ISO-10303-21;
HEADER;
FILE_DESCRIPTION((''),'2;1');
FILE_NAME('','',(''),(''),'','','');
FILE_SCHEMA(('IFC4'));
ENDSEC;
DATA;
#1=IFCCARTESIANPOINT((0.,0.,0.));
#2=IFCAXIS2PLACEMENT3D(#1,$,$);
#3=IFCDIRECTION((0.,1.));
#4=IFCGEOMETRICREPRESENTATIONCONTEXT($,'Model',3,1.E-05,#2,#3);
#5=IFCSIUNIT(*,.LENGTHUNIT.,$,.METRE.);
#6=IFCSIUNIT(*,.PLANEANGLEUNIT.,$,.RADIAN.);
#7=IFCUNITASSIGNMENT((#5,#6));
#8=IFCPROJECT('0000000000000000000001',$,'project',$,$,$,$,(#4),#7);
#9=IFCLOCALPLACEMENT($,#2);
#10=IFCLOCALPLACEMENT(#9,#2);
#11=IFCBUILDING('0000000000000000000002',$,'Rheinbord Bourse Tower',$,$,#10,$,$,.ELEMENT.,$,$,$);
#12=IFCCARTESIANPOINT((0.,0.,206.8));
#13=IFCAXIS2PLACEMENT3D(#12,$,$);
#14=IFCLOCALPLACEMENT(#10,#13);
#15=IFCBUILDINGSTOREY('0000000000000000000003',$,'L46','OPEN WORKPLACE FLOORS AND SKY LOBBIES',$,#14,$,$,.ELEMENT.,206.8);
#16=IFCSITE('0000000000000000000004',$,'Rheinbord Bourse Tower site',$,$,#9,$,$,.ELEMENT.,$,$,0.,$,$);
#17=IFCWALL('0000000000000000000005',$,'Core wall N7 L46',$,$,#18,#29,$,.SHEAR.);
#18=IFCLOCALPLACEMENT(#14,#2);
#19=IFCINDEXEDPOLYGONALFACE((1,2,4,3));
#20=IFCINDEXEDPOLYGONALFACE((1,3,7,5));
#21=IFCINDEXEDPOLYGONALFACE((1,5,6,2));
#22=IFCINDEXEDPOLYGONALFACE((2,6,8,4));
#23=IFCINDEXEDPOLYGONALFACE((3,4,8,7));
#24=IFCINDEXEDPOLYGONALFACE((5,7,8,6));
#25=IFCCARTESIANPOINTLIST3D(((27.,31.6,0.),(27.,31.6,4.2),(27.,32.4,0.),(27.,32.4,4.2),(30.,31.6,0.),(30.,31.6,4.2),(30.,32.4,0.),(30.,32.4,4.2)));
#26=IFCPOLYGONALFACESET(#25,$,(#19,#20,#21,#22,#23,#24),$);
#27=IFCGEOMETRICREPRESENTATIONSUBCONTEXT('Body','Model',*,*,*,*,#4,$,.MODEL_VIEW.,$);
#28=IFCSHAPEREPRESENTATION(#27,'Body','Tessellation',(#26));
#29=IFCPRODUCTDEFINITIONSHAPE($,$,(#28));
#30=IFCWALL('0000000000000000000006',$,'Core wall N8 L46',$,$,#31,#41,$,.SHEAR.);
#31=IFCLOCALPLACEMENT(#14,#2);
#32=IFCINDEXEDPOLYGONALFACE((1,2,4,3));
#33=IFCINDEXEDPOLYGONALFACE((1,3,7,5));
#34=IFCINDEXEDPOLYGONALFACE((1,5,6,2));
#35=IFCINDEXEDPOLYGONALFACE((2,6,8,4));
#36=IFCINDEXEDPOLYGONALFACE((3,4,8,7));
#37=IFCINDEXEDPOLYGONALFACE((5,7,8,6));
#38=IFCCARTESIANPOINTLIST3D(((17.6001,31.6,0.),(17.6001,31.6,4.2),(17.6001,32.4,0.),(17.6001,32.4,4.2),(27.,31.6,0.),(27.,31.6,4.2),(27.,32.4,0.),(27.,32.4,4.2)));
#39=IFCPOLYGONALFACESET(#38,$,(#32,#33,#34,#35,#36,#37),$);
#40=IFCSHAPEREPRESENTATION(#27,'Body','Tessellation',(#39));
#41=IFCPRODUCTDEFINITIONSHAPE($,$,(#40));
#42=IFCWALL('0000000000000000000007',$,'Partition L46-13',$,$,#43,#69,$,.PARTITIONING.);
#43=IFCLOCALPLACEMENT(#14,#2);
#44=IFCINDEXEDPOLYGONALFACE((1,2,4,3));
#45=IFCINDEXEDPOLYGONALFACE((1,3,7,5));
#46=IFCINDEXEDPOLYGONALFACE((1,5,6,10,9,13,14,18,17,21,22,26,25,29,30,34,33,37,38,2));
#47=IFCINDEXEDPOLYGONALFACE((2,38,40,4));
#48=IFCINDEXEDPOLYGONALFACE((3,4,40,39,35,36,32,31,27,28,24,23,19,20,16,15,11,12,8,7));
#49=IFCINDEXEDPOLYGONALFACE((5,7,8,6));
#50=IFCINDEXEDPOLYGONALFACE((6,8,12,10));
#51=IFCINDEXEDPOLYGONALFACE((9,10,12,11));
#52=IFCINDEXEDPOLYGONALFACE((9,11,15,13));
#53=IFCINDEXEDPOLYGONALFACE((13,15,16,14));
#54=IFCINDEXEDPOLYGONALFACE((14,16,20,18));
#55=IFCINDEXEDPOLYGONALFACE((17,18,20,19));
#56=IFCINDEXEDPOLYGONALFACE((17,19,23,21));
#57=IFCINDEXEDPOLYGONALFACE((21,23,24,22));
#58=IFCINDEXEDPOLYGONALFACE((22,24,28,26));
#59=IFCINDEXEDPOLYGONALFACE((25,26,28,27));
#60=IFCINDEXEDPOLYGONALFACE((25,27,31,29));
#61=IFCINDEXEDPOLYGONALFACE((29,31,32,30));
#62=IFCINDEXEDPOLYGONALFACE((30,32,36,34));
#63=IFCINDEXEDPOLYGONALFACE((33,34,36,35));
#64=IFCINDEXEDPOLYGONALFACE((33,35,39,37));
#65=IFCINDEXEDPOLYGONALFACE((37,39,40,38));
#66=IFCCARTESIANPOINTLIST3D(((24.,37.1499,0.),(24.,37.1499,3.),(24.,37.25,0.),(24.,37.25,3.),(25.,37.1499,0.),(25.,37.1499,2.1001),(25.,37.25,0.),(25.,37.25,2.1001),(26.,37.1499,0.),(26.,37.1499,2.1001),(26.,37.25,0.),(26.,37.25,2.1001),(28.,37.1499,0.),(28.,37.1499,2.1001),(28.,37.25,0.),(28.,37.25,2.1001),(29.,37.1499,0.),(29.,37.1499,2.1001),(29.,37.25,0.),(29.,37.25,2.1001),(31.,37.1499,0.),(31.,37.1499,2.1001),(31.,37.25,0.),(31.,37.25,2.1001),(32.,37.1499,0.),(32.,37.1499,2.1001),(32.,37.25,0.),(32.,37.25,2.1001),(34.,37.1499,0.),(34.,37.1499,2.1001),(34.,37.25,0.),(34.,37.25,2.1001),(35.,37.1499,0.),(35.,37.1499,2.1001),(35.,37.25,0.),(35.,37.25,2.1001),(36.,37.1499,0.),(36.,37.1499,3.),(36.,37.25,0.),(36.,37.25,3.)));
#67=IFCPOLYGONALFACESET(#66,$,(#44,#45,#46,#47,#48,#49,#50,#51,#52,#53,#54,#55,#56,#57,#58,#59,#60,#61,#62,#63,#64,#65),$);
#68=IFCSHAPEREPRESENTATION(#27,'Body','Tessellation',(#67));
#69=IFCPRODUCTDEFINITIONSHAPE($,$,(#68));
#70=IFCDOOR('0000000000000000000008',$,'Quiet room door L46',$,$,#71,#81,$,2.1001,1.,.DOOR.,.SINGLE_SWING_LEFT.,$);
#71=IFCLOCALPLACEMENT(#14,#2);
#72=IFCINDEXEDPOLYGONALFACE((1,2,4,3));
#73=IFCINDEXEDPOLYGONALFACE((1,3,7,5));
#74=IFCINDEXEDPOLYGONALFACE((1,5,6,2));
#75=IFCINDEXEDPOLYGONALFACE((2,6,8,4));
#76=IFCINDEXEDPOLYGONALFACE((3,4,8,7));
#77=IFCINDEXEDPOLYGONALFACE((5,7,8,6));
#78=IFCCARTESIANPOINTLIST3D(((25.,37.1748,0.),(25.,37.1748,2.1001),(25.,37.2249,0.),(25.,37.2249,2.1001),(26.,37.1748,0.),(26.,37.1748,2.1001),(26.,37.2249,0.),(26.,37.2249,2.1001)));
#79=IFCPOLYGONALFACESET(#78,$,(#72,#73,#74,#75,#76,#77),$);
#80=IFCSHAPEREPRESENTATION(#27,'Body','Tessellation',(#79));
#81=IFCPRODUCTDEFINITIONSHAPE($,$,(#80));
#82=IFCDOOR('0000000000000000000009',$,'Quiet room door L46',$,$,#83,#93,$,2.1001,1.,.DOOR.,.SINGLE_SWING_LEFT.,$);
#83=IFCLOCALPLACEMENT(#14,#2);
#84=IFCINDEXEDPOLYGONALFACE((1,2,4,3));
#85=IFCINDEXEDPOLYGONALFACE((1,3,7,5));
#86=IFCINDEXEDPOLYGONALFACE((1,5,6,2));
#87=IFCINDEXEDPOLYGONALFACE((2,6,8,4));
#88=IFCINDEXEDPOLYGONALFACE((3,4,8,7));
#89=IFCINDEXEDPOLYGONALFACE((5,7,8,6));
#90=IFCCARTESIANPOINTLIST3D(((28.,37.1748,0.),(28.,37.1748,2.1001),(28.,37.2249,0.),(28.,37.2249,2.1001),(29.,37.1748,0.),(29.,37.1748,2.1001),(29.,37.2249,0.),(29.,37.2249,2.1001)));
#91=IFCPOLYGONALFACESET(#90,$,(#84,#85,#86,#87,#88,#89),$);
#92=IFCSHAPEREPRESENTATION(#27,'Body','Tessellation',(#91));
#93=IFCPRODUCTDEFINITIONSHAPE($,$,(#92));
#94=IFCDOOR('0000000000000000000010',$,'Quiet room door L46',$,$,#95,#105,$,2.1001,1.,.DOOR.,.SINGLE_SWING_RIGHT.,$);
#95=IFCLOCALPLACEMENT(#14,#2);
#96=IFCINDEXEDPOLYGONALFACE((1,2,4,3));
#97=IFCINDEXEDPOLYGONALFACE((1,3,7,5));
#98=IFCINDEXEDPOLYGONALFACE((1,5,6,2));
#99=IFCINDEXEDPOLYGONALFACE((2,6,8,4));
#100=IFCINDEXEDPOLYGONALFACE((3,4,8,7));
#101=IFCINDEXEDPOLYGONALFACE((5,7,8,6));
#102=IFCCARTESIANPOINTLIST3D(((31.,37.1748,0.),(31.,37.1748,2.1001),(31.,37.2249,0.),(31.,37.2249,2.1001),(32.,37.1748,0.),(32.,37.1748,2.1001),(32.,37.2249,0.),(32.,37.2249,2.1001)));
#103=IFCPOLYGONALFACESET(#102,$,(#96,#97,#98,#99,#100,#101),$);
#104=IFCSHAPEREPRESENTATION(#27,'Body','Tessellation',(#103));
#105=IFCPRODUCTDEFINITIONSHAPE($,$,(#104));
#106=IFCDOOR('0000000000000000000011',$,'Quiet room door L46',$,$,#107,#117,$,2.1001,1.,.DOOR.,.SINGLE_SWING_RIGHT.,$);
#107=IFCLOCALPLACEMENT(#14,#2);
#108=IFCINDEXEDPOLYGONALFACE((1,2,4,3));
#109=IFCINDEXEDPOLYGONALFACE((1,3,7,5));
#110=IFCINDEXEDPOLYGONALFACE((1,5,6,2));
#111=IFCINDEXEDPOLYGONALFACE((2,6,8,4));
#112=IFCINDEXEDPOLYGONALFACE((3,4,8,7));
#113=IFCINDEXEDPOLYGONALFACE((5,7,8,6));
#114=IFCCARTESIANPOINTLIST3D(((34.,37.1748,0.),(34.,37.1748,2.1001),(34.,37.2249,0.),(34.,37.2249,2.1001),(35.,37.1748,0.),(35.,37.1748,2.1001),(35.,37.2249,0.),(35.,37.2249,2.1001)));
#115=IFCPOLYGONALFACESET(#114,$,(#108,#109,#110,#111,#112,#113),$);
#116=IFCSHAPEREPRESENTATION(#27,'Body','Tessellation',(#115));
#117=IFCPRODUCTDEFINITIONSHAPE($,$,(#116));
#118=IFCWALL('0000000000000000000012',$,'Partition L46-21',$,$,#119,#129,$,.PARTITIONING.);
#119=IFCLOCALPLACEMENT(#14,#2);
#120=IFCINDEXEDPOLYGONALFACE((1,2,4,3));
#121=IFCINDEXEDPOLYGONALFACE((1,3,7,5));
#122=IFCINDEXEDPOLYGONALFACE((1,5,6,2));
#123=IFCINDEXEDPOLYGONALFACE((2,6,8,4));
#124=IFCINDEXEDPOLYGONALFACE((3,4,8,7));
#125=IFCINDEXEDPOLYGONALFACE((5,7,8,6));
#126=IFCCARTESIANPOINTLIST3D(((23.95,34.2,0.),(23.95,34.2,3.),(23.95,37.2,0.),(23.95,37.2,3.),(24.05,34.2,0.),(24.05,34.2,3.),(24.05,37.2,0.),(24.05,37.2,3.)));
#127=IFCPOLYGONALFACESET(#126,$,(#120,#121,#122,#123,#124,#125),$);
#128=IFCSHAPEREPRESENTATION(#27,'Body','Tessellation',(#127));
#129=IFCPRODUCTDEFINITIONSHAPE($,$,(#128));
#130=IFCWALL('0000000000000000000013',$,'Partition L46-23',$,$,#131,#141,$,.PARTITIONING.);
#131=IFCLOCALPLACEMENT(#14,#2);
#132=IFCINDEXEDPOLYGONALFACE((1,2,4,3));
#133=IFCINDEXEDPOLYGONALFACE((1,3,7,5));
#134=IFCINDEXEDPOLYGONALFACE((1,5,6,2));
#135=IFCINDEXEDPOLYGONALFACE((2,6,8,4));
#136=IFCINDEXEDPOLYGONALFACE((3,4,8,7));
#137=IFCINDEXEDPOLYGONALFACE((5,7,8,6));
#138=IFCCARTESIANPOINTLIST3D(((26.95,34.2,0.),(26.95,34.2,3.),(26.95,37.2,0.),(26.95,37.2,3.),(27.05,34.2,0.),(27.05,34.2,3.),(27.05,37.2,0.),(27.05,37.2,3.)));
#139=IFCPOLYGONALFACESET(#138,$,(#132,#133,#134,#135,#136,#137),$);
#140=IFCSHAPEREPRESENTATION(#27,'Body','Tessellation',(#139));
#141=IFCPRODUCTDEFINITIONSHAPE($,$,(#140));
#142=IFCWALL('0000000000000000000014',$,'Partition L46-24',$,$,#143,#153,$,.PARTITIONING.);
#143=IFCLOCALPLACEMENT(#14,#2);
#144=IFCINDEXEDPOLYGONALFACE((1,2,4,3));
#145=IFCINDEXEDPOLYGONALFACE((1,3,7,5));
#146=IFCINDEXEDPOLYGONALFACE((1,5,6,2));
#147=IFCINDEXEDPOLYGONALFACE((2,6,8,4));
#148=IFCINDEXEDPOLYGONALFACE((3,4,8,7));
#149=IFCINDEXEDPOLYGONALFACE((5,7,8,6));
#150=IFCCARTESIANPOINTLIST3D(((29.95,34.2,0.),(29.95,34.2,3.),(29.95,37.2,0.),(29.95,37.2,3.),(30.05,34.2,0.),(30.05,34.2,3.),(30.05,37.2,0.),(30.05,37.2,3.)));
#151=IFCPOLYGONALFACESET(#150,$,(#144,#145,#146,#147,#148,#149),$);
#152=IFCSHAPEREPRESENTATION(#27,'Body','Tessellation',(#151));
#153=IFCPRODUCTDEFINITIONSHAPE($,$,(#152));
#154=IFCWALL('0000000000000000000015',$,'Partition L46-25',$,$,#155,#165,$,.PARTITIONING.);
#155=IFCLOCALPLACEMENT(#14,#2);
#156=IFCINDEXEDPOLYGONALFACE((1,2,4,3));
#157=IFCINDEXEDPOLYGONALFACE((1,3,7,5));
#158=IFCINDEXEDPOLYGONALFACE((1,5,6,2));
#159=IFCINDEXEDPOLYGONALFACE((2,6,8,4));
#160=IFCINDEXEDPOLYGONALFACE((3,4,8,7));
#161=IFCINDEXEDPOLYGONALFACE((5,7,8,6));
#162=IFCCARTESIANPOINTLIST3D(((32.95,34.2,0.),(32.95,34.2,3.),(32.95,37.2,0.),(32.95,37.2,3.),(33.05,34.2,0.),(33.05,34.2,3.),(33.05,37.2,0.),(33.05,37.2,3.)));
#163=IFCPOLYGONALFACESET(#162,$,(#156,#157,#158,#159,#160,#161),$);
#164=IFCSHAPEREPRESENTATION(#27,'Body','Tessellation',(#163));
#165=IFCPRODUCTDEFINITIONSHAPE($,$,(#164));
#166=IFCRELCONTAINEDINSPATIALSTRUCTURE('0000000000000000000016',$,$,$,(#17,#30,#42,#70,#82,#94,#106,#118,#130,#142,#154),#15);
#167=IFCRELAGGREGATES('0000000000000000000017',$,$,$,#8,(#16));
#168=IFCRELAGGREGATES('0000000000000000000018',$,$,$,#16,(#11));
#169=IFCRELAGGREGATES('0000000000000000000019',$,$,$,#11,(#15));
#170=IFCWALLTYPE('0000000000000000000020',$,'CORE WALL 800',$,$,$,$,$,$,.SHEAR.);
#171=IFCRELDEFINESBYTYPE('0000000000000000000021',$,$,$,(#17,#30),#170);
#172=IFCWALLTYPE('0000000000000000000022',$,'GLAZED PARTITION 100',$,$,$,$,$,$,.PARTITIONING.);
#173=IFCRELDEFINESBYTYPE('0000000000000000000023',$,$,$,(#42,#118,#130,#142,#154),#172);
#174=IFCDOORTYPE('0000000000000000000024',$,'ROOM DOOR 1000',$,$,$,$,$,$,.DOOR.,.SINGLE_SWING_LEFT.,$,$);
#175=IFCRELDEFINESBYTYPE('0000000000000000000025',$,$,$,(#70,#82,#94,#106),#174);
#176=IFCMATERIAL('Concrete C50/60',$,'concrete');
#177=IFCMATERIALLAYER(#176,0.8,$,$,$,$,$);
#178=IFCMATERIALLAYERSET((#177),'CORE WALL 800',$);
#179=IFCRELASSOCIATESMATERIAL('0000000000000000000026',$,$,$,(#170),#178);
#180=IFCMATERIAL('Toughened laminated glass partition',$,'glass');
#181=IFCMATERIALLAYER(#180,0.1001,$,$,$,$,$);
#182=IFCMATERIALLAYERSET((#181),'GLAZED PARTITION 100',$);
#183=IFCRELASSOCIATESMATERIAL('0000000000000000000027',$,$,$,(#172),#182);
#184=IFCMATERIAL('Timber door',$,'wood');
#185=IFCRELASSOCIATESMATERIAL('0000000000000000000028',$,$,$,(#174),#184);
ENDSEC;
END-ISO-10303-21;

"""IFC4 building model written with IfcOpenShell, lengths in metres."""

from ifc_helpers import new_model, si_unit, direction, frame, frame_2d, origin, place, context, subcontext, project, spatial, rectangle, extrude, material, layer, layer_set, type_object, element, fill, save


model = new_model("IFC4")

# Units and contexts
model_context = context("Model", 3, precision=1e-05, world=origin(), true_north=direction((0.0, 1.0)))
body_context = subcontext(model_context, "Body", "Model", "MODEL_VIEW")
ifc_project = project(units=[si_unit("LENGTHUNIT", "METRE"), si_unit("PLANEANGLEUNIT", "RADIAN")], contexts=[model_context])

# Site, building, storey
site_placement = place(None, origin())
site = spatial("IfcSite", under=ifc_project, at=site_placement, Name="Rheinbord Bourse Tower site", CompositionType="ELEMENT", RefElevation=0.0)
building_placement = place(site_placement, origin())
building = spatial("IfcBuilding", under=site, at=building_placement, Name="Rheinbord Bourse Tower", CompositionType="ELEMENT")
storey_placement = place(building_placement, frame((0.0, 0.0, 206.8)))
storey = spatial("IfcBuildingStorey", under=building, at=storey_placement, Name="L46", Description="OPEN WORKPLACE FLOORS AND SKY LOBBIES", CompositionType="ELEMENT", Elevation=206.8)

# Walls
ifc_material_1 = material(Name="Concrete C50/60", Category="concrete")
ifc_layer_1 = layer(ifc_material_1, 0.8)
ifc_layer_set_1 = layer_set([ifc_layer_1], Name="CORE WALL 800")
wall_type_1 = type_object("IfcWallType", Name="CORE WALL 800", PredefinedType="SHEAR", material=ifc_layer_set_1)
for number, where, z_axis, x_axis, name in (
    (1, (30.0, 32.0, 0.0), (0.0, 0.0, 1.0), (-1.0, 0.0, 0.0), "Core wall N7 L46"),
):
    element("IfcWall", number, at=place(storey_placement, frame(where, z_axis=z_axis, x_axis=x_axis)), inside=storey, type_object=wall_type_1, Name=name, PredefinedType="SHEAR", context=body_context, shape_type="SweptSolid", body=[
        extrude(rectangle(XDim=3.0, YDim=0.8, at=frame_2d((1.5, 0.0))), origin(), (0.0, 0.0, 1.0), 4.2),
    ])
wall_1_placement = place(storey_placement, frame((27.0, 32.0, 0.0), z_axis=(0.0, 0.0, 1.0), x_axis=(-1.0, 0.0, 0.0)))
element("IfcWall", 2, at=wall_1_placement, inside=storey, type_object=wall_type_1, Name="Core wall N8 L46", PredefinedType="SHEAR", context=body_context, shape_type="SweptSolid", body=[
    extrude(rectangle(XDim=9.3999, YDim=0.8, at=frame_2d((4.7, 0.0))), origin(), (0.0, 0.0, 1.0), 4.2),
])

# Wall, openings, doors
ifc_material_2 = material(Name="Toughened laminated glass partition", Category="glass")
ifc_layer_2 = layer(ifc_material_2, 0.1001)
ifc_layer_set_2 = layer_set([ifc_layer_2], Name="GLAZED PARTITION 100")
wall_type_2 = type_object("IfcWallType", Name="GLAZED PARTITION 100", PredefinedType="PARTITIONING", material=ifc_layer_set_2)
wall_2_placement = place(storey_placement, frame((24.0, 37.2, 0.0), z_axis=(0.0, 0.0, 1.0), x_axis=(1.0, 0.0, 0.0)))
wall_2 = element("IfcWall", 3, at=wall_2_placement, inside=storey, type_object=wall_type_2, Name="Partition L46-13", PredefinedType="PARTITIONING", context=body_context, shape_type="SweptSolid", body=[
    extrude(rectangle(XDim=12.0, YDim=0.1001, at=frame_2d((6.0, 0.0))), origin(), (0.0, 0.0, 1.0), 3.0),
])
opening_1_placement = place(wall_2_placement, frame((1.0, 0.0, 0.0)))
opening_1 = element("IfcOpeningElement", 4, at=opening_1_placement, cuts=wall_2, PredefinedType="OPENING", context=body_context, shape_type="SweptSolid", body=[
    extrude(rectangle(XDim=1.0, YDim=2.1001, at=frame_2d((0.5, 1.05))), frame((0.0, 0.0601, 0.0), z_axis=(0.0, -1.0, 0.0), x_axis=(1.0, 0.0, 0.0)), (0.0, 0.0, 1.0), 0.1201),
])
opening_2_placement = place(wall_2_placement, frame((4.0, 0.0, 0.0)))
opening_2 = element("IfcOpeningElement", 5, at=opening_2_placement, cuts=wall_2, PredefinedType="OPENING", context=body_context, shape_type="SweptSolid", body=[
    extrude(rectangle(XDim=1.0, YDim=2.1001, at=frame_2d((0.5, 1.05))), frame((0.0, 0.0601, 0.0), z_axis=(0.0, -1.0, 0.0), x_axis=(1.0, 0.0, 0.0)), (0.0, 0.0, 1.0), 0.1201),
])
opening_3_placement = place(wall_2_placement, frame((7.0, 0.0, 0.0)))
opening_3 = element("IfcOpeningElement", 6, at=opening_3_placement, cuts=wall_2, PredefinedType="OPENING", context=body_context, shape_type="SweptSolid", body=[
    extrude(rectangle(XDim=1.0, YDim=2.1001, at=frame_2d((0.5, 1.05))), frame((0.0, 0.0601, 0.0), z_axis=(0.0, -1.0, 0.0), x_axis=(1.0, 0.0, 0.0)), (0.0, 0.0, 1.0), 0.1201),
])
opening_4_placement = place(wall_2_placement, frame((10.0, 0.0, 0.0)))
opening_4 = element("IfcOpeningElement", 7, at=opening_4_placement, cuts=wall_2, PredefinedType="OPENING", context=body_context, shape_type="SweptSolid", body=[
    extrude(rectangle(XDim=1.0, YDim=2.1001, at=frame_2d((0.5, 1.05))), frame((0.0, 0.0601, 0.0), z_axis=(0.0, -1.0, 0.0), x_axis=(1.0, 0.0, 0.0)), (0.0, 0.0, 1.0), 0.1201),
])
ifc_material_3 = material(Name="Timber door", Category="wood")
door_type_1 = type_object("IfcDoorType", Name="ROOM DOOR 1000", OperationType="SINGLE_SWING_LEFT", PredefinedType="DOOR", material=ifc_material_3)
door_1_placement = place(opening_1_placement, origin())
door_1 = element("IfcDoor", 8, at=door_1_placement, inside=storey, type_object=door_type_1, Name="Quiet room door L46", OperationType="SINGLE_SWING_LEFT", OverallHeight=2.1001, OverallWidth=1.0, PredefinedType="DOOR", context=body_context, shape_type="SweptSolid", body=[
    extrude(rectangle(XDim=1.0, YDim=2.1001, at=frame_2d((0.5, 1.05))), frame((0.0, 0.0249, 0.0), z_axis=(0.0, -1.0, 0.0), x_axis=(1.0, 0.0, 0.0)), (0.0, 0.0, 1.0), 0.05),
])
fill(opening_1, door_1)
door_2_placement = place(opening_2_placement, origin())
door_2 = element("IfcDoor", 9, at=door_2_placement, inside=storey, type_object=door_type_1, Name="Quiet room door L46", OperationType="SINGLE_SWING_LEFT", OverallHeight=2.1001, OverallWidth=1.0, PredefinedType="DOOR", context=body_context, shape_type="SweptSolid", body=[
    extrude(rectangle(XDim=1.0, YDim=2.1001, at=frame_2d((0.5, 1.05))), frame((0.0, 0.0249, 0.0), z_axis=(0.0, -1.0, 0.0), x_axis=(1.0, 0.0, 0.0)), (0.0, 0.0, 1.0), 0.05),
])
fill(opening_2, door_2)
door_3_placement = place(opening_3_placement, origin())
door_3 = element("IfcDoor", 10, at=door_3_placement, inside=storey, type_object=door_type_1, Name="Quiet room door L46", OperationType="SINGLE_SWING_RIGHT", OverallHeight=2.1001, OverallWidth=1.0, PredefinedType="DOOR", context=body_context, shape_type="SweptSolid", body=[
    extrude(rectangle(XDim=1.0, YDim=2.1001, at=frame_2d((0.5, 1.05))), frame((0.0, 0.0249, 0.0), z_axis=(0.0, -1.0, 0.0), x_axis=(1.0, 0.0, 0.0)), (0.0, 0.0, 1.0), 0.05),
])
fill(opening_3, door_3)
door_4_placement = place(opening_4_placement, origin())
door_4 = element("IfcDoor", 11, at=door_4_placement, inside=storey, type_object=door_type_1, Name="Quiet room door L46", OperationType="SINGLE_SWING_RIGHT", OverallHeight=2.1001, OverallWidth=1.0, PredefinedType="DOOR", context=body_context, shape_type="SweptSolid", body=[
    extrude(rectangle(XDim=1.0, YDim=2.1001, at=frame_2d((0.5, 1.05))), frame((0.0, 0.0249, 0.0), z_axis=(0.0, -1.0, 0.0), x_axis=(1.0, 0.0, 0.0)), (0.0, 0.0, 1.0), 0.05),
])
fill(opening_4, door_4)

# Walls
for number, where, z_axis, x_axis, name in (
    (12, (24.0, 34.2, 0.0), (0.0, 0.0, 1.0), (0.0, 1.0, 0.0), "Partition L46-21"),
    (13, (27.0, 34.2, 0.0), (0.0, 0.0, 1.0), (0.0, 1.0, 0.0), "Partition L46-23"),
    (14, (30.0, 34.2, 0.0), (0.0, 0.0, 1.0), (0.0, 1.0, 0.0), "Partition L46-24"),
    (15, (33.0, 34.2, 0.0), (0.0, 0.0, 1.0), (0.0, 1.0, 0.0), "Partition L46-25"),
):
    element("IfcWall", number, at=place(storey_placement, frame(where, z_axis=z_axis, x_axis=x_axis)), inside=storey, type_object=wall_type_2, Name=name, PredefinedType="PARTITIONING", context=body_context, shape_type="SweptSolid", body=[
        extrude(rectangle(XDim=3.0, YDim=0.1001, at=frame_2d((1.5, 0.0))), origin(), (0.0, 0.0, 1.0), 3.0),
    ])

save(model, "model.ifc")
